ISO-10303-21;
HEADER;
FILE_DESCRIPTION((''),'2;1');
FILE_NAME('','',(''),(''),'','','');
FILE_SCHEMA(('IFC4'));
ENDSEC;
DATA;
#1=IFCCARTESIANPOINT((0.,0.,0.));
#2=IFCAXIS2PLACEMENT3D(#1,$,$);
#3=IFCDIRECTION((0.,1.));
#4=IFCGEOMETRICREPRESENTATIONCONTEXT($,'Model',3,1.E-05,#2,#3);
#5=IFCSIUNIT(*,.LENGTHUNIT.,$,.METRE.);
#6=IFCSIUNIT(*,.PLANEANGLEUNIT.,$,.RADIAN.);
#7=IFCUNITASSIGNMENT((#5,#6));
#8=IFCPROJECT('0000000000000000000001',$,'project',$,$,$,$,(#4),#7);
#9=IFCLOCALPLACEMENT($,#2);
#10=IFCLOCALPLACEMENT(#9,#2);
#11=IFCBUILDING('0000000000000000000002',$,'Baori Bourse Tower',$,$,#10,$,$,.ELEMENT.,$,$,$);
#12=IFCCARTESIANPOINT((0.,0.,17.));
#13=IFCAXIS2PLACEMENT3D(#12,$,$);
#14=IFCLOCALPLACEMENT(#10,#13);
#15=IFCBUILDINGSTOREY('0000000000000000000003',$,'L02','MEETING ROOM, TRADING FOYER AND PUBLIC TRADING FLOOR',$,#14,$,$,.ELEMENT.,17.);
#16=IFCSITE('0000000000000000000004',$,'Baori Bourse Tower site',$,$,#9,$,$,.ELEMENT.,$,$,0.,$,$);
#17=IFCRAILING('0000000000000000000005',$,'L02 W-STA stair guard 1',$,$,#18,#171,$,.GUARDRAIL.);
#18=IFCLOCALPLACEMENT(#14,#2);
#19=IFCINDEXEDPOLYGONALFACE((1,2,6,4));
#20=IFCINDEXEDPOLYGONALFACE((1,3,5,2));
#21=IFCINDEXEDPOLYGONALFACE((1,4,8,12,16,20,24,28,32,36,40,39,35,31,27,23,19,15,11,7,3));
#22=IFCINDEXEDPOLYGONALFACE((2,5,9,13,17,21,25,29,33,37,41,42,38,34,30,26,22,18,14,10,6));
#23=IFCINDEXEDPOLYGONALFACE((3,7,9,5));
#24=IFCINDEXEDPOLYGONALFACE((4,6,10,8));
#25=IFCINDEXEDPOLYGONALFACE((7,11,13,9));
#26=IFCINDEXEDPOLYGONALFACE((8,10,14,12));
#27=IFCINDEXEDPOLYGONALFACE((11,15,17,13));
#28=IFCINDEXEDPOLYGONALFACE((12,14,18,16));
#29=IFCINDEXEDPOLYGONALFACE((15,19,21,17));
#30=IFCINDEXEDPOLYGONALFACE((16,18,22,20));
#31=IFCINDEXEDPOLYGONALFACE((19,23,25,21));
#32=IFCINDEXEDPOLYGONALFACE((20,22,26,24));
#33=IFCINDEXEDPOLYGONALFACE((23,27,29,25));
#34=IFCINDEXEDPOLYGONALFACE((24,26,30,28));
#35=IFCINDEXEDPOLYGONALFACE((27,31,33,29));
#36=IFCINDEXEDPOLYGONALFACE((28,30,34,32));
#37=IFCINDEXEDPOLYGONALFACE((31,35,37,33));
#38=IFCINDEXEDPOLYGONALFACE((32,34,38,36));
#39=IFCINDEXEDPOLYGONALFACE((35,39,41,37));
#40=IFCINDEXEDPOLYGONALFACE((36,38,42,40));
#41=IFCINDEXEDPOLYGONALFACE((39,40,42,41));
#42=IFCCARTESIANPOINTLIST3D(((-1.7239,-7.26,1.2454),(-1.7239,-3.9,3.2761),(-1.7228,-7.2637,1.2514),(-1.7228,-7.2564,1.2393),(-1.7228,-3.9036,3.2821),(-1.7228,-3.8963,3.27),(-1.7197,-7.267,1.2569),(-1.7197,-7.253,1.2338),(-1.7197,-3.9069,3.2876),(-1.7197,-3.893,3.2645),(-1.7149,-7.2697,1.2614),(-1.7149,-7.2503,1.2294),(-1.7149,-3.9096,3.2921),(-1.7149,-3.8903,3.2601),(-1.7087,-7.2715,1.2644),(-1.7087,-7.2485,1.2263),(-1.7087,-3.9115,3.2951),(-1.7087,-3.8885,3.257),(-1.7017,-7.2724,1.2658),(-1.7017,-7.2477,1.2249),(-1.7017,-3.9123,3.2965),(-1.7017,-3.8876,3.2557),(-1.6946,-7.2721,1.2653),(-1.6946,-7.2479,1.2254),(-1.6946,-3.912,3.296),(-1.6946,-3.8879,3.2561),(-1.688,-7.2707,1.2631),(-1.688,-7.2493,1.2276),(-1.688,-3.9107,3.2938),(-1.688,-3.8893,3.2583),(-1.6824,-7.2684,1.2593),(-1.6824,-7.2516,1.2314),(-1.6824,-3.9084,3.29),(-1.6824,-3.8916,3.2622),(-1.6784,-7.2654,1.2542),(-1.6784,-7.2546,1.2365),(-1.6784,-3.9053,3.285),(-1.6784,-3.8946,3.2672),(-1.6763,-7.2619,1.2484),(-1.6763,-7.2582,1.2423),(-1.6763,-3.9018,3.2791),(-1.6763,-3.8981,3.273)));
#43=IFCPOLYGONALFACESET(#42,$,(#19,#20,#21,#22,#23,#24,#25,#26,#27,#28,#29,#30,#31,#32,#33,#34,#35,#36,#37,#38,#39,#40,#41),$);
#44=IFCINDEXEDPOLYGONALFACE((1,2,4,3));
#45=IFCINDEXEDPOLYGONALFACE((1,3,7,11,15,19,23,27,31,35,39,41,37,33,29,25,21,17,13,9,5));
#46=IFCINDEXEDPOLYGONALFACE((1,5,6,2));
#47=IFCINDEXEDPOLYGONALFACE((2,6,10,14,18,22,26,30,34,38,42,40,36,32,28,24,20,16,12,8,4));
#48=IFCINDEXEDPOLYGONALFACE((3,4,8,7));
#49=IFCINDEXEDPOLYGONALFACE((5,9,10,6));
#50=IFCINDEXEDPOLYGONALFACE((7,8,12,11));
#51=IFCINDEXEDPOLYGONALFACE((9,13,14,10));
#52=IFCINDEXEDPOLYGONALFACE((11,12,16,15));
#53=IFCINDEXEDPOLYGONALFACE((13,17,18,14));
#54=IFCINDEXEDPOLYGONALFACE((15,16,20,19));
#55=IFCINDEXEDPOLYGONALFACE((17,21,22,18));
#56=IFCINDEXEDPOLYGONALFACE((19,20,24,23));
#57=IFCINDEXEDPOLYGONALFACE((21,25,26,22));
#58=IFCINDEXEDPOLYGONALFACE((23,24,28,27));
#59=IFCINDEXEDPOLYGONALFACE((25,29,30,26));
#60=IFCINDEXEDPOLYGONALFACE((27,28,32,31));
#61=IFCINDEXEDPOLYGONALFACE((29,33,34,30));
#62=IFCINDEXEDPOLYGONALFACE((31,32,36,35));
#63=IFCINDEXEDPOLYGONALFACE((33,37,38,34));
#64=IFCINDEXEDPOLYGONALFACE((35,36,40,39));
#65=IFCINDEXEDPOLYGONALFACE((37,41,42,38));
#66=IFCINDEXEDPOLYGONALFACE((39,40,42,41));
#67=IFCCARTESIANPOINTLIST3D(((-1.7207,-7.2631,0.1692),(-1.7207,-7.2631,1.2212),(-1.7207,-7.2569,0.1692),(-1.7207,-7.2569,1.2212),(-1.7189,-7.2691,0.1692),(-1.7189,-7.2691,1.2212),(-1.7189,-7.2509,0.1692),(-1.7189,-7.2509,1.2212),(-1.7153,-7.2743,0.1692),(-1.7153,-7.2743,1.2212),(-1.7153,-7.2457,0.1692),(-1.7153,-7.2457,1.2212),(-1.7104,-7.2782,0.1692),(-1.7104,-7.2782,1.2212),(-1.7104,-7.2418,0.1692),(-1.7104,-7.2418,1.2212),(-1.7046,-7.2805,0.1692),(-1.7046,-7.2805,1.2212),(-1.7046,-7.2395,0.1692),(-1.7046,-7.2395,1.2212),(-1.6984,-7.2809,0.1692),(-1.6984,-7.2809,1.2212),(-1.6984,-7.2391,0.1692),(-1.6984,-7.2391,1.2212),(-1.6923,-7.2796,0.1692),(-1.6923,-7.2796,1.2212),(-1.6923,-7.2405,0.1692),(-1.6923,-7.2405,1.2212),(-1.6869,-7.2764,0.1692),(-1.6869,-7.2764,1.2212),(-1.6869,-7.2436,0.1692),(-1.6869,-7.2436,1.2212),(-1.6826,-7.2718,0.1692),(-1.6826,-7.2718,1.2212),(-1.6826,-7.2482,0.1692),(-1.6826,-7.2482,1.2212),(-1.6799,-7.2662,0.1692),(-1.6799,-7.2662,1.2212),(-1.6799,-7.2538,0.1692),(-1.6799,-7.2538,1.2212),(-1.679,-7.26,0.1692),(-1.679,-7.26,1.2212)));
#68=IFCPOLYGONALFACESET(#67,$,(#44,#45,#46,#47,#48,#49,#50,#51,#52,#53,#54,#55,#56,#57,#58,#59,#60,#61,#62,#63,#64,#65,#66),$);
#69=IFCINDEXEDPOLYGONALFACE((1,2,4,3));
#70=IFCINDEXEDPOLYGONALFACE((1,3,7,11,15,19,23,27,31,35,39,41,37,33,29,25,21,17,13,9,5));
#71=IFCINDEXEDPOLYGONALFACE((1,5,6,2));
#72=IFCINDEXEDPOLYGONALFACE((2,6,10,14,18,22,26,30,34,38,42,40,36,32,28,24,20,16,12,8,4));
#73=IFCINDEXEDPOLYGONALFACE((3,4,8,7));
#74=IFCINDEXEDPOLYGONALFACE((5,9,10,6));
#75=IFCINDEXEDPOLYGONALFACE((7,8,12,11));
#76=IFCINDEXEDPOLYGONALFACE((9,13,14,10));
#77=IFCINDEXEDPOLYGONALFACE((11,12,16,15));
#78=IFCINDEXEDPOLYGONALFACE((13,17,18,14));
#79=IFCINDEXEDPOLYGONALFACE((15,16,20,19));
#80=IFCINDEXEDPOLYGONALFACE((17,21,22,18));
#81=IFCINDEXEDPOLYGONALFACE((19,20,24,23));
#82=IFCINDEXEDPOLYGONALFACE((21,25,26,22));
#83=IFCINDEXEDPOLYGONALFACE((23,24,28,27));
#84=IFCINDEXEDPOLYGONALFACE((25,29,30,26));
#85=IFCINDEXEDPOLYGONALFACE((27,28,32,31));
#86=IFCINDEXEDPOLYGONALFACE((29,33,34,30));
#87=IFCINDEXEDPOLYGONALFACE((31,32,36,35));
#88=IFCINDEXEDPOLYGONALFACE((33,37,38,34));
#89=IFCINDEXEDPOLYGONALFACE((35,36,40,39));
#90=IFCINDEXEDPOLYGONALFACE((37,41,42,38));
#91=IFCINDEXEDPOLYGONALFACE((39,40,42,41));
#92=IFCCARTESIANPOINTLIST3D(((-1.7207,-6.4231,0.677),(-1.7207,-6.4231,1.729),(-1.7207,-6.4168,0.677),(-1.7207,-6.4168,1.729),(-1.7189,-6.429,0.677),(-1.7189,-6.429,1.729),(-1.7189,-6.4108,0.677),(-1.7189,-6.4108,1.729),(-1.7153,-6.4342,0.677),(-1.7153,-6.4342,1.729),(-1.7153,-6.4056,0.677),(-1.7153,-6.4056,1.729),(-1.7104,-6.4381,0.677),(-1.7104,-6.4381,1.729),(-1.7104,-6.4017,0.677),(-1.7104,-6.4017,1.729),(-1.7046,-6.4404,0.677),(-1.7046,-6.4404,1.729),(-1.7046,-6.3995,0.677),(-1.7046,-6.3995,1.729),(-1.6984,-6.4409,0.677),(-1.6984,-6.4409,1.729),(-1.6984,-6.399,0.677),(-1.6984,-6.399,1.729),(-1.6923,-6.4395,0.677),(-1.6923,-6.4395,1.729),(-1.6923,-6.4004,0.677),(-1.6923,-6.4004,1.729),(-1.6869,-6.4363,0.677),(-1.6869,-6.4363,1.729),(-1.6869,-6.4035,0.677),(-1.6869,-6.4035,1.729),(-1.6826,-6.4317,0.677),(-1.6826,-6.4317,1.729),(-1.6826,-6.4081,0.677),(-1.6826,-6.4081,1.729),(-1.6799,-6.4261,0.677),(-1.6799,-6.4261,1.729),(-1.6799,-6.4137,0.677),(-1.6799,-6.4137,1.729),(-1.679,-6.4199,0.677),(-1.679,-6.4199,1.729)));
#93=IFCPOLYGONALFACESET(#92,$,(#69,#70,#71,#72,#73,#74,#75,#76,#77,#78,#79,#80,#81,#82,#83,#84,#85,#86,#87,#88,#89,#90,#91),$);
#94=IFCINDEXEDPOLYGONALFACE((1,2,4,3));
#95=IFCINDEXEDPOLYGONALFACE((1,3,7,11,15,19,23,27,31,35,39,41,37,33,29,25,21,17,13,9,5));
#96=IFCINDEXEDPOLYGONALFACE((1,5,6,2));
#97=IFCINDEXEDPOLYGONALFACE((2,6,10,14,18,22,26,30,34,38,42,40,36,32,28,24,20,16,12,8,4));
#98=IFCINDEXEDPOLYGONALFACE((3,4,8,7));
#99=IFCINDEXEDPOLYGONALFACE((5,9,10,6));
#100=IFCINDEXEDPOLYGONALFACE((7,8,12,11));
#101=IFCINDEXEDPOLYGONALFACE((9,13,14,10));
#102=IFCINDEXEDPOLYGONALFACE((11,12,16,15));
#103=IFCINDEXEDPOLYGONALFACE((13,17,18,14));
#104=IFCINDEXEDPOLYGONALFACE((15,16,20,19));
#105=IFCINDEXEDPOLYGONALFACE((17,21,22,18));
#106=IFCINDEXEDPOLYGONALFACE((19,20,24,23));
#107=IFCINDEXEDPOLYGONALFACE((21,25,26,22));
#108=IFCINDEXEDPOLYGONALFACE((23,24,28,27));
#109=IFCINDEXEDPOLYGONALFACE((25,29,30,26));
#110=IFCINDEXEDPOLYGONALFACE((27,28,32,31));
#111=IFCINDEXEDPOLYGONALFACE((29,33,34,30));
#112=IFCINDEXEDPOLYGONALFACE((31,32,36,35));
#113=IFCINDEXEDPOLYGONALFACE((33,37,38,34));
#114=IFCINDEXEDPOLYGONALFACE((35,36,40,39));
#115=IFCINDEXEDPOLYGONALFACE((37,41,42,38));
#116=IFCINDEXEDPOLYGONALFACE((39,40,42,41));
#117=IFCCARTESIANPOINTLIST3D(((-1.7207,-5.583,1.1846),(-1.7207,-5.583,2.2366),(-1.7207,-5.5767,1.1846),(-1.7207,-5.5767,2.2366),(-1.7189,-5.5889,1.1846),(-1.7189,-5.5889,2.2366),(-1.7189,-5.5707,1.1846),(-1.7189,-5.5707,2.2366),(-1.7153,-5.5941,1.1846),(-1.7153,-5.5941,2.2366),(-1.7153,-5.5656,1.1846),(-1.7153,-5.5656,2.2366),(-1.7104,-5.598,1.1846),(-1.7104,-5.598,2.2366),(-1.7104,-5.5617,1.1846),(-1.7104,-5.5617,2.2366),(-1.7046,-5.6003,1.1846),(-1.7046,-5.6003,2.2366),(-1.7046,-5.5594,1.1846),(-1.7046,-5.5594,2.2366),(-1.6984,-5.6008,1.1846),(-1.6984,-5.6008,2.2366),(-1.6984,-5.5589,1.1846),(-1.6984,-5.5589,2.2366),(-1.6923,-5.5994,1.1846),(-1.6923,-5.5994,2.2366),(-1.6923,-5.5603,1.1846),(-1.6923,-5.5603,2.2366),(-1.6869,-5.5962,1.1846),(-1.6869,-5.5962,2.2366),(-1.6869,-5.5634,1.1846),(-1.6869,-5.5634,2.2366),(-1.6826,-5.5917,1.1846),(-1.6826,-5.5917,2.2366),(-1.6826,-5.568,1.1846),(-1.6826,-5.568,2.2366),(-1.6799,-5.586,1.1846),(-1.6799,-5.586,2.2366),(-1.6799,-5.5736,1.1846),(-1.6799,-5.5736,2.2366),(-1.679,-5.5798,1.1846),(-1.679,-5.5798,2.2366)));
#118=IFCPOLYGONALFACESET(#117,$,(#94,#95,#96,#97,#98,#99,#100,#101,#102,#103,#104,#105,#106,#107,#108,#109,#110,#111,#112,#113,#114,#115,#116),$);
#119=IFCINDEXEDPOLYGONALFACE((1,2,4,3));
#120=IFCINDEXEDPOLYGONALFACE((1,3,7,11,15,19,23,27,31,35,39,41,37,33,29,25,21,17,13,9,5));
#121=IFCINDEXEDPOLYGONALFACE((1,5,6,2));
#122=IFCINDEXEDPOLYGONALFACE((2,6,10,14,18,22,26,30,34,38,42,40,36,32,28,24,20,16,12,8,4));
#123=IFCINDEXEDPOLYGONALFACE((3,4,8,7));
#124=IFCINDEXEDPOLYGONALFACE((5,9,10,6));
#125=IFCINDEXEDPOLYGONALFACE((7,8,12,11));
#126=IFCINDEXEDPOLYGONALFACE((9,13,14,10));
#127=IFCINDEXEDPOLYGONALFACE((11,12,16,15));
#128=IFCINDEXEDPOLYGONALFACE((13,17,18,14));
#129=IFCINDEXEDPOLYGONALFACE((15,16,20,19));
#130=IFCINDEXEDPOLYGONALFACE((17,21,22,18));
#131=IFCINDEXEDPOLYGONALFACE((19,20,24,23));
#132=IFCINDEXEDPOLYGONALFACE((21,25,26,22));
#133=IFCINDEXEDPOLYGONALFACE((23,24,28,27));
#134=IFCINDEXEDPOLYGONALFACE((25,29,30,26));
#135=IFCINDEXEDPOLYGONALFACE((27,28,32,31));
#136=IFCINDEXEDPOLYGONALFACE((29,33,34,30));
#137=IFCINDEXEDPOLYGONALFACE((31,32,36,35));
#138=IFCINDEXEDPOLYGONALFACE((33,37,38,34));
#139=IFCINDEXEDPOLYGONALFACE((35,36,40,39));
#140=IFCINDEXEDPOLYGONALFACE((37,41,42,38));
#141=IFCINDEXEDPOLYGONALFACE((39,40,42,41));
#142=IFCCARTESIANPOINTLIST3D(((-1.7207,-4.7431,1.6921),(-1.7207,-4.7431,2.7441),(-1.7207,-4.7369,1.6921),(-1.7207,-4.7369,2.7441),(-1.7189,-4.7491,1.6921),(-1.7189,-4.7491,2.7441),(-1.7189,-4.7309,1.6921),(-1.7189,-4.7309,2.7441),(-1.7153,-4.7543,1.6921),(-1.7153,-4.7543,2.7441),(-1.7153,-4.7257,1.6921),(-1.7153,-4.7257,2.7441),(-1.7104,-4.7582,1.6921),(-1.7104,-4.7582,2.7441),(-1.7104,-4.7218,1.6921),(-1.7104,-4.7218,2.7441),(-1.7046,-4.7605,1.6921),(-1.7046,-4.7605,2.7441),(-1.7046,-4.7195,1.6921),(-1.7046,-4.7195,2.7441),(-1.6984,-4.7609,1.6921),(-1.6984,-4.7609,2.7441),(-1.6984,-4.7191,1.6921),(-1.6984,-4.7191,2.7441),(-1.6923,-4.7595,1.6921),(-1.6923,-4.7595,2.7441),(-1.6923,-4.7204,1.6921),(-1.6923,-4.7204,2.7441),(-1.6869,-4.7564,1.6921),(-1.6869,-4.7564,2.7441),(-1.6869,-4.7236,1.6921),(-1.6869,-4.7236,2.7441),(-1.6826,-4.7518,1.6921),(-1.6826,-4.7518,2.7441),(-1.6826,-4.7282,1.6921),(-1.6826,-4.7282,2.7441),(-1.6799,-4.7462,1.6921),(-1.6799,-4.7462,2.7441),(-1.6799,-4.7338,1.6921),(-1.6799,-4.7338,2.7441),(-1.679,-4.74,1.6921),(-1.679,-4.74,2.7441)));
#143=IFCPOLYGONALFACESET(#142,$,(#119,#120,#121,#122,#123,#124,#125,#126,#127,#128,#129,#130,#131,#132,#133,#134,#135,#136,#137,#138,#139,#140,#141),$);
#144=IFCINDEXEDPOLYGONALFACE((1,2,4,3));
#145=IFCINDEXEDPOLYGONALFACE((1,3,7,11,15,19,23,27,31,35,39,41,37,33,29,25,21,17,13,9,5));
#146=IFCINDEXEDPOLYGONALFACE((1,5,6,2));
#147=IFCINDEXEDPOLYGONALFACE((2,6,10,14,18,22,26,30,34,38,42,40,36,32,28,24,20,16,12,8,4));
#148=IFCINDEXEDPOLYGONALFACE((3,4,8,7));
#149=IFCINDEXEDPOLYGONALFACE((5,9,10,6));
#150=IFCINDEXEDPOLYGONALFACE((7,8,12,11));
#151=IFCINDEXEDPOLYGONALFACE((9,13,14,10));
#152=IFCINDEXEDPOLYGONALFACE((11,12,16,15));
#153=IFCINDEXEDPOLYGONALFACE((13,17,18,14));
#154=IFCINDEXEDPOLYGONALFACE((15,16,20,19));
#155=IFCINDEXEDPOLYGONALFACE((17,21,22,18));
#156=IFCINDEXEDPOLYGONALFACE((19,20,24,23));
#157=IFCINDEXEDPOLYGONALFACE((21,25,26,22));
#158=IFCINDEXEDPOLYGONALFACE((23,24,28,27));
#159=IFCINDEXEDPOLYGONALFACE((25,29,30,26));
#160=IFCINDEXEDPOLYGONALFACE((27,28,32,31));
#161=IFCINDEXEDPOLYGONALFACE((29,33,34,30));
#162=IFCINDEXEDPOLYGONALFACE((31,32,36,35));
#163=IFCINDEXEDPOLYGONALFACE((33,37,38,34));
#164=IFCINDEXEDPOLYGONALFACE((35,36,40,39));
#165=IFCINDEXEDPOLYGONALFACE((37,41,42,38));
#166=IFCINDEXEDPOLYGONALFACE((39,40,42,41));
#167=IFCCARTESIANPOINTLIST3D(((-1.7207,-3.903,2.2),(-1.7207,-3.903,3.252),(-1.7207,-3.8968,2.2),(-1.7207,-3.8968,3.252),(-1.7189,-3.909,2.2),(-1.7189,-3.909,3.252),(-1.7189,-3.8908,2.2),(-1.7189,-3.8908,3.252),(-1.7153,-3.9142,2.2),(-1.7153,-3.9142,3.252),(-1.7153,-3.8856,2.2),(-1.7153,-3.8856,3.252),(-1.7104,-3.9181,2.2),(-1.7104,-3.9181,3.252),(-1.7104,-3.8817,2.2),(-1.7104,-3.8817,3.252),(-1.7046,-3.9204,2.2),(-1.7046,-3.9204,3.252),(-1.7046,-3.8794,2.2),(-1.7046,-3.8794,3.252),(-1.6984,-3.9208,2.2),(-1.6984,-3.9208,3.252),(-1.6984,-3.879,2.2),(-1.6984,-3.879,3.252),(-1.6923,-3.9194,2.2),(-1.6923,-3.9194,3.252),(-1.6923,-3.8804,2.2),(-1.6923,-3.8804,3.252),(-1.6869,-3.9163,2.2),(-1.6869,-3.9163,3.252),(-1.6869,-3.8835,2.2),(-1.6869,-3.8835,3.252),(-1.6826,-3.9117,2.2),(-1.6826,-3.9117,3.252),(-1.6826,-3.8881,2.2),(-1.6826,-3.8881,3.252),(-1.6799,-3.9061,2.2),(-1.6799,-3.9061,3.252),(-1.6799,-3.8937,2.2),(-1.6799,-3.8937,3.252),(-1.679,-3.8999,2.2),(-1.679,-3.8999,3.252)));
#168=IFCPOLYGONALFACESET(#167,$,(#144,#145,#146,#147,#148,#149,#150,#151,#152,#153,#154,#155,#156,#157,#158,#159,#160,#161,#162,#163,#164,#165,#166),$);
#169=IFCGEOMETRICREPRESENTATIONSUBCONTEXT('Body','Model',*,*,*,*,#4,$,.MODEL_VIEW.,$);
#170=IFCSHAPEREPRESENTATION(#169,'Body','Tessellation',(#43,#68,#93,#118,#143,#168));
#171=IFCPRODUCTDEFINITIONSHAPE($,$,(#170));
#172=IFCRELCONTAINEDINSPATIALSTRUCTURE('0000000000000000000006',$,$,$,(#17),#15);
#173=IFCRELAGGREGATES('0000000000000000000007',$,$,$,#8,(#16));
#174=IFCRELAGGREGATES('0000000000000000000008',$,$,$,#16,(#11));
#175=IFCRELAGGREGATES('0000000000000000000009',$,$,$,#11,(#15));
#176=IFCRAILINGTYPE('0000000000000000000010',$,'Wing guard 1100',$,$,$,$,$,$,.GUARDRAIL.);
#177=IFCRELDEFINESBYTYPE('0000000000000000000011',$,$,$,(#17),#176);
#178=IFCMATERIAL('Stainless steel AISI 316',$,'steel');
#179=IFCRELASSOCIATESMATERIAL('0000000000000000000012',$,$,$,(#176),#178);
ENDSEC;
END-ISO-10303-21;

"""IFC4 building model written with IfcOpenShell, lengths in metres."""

from ifc_helpers import new_model, si_unit, direction, frame, origin, origin_2d, place, context, subcontext, project, spatial, circle, extrude, material, type_object, element, save


model = new_model("IFC4")

# Units and contexts
model_context = context("Model", 3, precision=1e-05, world=origin(), true_north=direction((0.0, 1.0)))
body_context = subcontext(model_context, "Body", "Model", "MODEL_VIEW")
ifc_project = project(units=[si_unit("LENGTHUNIT", "METRE"), si_unit("PLANEANGLEUNIT", "RADIAN")], contexts=[model_context])

# Site, building, storey
site_placement = place(None, origin())
site = spatial("IfcSite", under=ifc_project, at=site_placement, Name="Baori Bourse Tower site", CompositionType="ELEMENT", RefElevation=0.0)
building_placement = place(site_placement, origin())
building = spatial("IfcBuilding", under=site, at=building_placement, Name="Baori Bourse Tower", CompositionType="ELEMENT")
storey_placement = place(building_placement, frame((0.0, 0.0, 17.0)))
storey = spatial("IfcBuildingStorey", under=building, at=storey_placement, Name="L02", Description="MEETING ROOM, TRADING FOYER AND PUBLIC TRADING FLOOR", CompositionType="ELEMENT", Elevation=17.0)

# Railing
ifc_material_1 = material(Name="Stainless steel AISI 316", Category="steel")
railing_type_1 = type_object("IfcRailingType", Name="Wing guard 1100", PredefinedType="GUARDRAIL", material=ifc_material_1)
railing_1_placement = place(storey_placement, frame((-1.7, -7.26, 0.1692)))
element("IfcRailing", 1, at=railing_1_placement, inside=storey, type_object=railing_type_1, Name="L02 W-STA stair guard 1", PredefinedType="GUARDRAIL", context=body_context, shape_type="SweptSolid", body=[
    extrude(circle(Radius=0.0239, at=origin_2d()), frame((0.0, 0.0, 1.0762), z_axis=(0.0, 0.855837, 0.517246), x_axis=(-1.0, 0.0, 0.0)), (0.0, 0.0, 1.0), 3.926),
    extrude(circle(Radius=0.021, at=origin_2d()), origin(), (0.0, 0.0, 1.0), 1.052),
    extrude(circle(Radius=0.021, at=origin_2d()), frame((0.0, 0.8401, 0.5078)), (0.0, 0.0, 1.0), 1.052),
    extrude(circle(Radius=0.021, at=origin_2d()), frame((0.0, 1.6802, 1.0154)), (0.0, 0.0, 1.0), 1.052),
    extrude(circle(Radius=0.021, at=origin_2d()), frame((0.0, 2.52, 1.5229)), (0.0, 0.0, 1.0), 1.052),
    extrude(circle(Radius=0.021, at=origin_2d()), frame((0.0, 3.3601, 2.0308)), (0.0, 0.0, 1.0), 1.052),
])

save(model, "model.ifc")
